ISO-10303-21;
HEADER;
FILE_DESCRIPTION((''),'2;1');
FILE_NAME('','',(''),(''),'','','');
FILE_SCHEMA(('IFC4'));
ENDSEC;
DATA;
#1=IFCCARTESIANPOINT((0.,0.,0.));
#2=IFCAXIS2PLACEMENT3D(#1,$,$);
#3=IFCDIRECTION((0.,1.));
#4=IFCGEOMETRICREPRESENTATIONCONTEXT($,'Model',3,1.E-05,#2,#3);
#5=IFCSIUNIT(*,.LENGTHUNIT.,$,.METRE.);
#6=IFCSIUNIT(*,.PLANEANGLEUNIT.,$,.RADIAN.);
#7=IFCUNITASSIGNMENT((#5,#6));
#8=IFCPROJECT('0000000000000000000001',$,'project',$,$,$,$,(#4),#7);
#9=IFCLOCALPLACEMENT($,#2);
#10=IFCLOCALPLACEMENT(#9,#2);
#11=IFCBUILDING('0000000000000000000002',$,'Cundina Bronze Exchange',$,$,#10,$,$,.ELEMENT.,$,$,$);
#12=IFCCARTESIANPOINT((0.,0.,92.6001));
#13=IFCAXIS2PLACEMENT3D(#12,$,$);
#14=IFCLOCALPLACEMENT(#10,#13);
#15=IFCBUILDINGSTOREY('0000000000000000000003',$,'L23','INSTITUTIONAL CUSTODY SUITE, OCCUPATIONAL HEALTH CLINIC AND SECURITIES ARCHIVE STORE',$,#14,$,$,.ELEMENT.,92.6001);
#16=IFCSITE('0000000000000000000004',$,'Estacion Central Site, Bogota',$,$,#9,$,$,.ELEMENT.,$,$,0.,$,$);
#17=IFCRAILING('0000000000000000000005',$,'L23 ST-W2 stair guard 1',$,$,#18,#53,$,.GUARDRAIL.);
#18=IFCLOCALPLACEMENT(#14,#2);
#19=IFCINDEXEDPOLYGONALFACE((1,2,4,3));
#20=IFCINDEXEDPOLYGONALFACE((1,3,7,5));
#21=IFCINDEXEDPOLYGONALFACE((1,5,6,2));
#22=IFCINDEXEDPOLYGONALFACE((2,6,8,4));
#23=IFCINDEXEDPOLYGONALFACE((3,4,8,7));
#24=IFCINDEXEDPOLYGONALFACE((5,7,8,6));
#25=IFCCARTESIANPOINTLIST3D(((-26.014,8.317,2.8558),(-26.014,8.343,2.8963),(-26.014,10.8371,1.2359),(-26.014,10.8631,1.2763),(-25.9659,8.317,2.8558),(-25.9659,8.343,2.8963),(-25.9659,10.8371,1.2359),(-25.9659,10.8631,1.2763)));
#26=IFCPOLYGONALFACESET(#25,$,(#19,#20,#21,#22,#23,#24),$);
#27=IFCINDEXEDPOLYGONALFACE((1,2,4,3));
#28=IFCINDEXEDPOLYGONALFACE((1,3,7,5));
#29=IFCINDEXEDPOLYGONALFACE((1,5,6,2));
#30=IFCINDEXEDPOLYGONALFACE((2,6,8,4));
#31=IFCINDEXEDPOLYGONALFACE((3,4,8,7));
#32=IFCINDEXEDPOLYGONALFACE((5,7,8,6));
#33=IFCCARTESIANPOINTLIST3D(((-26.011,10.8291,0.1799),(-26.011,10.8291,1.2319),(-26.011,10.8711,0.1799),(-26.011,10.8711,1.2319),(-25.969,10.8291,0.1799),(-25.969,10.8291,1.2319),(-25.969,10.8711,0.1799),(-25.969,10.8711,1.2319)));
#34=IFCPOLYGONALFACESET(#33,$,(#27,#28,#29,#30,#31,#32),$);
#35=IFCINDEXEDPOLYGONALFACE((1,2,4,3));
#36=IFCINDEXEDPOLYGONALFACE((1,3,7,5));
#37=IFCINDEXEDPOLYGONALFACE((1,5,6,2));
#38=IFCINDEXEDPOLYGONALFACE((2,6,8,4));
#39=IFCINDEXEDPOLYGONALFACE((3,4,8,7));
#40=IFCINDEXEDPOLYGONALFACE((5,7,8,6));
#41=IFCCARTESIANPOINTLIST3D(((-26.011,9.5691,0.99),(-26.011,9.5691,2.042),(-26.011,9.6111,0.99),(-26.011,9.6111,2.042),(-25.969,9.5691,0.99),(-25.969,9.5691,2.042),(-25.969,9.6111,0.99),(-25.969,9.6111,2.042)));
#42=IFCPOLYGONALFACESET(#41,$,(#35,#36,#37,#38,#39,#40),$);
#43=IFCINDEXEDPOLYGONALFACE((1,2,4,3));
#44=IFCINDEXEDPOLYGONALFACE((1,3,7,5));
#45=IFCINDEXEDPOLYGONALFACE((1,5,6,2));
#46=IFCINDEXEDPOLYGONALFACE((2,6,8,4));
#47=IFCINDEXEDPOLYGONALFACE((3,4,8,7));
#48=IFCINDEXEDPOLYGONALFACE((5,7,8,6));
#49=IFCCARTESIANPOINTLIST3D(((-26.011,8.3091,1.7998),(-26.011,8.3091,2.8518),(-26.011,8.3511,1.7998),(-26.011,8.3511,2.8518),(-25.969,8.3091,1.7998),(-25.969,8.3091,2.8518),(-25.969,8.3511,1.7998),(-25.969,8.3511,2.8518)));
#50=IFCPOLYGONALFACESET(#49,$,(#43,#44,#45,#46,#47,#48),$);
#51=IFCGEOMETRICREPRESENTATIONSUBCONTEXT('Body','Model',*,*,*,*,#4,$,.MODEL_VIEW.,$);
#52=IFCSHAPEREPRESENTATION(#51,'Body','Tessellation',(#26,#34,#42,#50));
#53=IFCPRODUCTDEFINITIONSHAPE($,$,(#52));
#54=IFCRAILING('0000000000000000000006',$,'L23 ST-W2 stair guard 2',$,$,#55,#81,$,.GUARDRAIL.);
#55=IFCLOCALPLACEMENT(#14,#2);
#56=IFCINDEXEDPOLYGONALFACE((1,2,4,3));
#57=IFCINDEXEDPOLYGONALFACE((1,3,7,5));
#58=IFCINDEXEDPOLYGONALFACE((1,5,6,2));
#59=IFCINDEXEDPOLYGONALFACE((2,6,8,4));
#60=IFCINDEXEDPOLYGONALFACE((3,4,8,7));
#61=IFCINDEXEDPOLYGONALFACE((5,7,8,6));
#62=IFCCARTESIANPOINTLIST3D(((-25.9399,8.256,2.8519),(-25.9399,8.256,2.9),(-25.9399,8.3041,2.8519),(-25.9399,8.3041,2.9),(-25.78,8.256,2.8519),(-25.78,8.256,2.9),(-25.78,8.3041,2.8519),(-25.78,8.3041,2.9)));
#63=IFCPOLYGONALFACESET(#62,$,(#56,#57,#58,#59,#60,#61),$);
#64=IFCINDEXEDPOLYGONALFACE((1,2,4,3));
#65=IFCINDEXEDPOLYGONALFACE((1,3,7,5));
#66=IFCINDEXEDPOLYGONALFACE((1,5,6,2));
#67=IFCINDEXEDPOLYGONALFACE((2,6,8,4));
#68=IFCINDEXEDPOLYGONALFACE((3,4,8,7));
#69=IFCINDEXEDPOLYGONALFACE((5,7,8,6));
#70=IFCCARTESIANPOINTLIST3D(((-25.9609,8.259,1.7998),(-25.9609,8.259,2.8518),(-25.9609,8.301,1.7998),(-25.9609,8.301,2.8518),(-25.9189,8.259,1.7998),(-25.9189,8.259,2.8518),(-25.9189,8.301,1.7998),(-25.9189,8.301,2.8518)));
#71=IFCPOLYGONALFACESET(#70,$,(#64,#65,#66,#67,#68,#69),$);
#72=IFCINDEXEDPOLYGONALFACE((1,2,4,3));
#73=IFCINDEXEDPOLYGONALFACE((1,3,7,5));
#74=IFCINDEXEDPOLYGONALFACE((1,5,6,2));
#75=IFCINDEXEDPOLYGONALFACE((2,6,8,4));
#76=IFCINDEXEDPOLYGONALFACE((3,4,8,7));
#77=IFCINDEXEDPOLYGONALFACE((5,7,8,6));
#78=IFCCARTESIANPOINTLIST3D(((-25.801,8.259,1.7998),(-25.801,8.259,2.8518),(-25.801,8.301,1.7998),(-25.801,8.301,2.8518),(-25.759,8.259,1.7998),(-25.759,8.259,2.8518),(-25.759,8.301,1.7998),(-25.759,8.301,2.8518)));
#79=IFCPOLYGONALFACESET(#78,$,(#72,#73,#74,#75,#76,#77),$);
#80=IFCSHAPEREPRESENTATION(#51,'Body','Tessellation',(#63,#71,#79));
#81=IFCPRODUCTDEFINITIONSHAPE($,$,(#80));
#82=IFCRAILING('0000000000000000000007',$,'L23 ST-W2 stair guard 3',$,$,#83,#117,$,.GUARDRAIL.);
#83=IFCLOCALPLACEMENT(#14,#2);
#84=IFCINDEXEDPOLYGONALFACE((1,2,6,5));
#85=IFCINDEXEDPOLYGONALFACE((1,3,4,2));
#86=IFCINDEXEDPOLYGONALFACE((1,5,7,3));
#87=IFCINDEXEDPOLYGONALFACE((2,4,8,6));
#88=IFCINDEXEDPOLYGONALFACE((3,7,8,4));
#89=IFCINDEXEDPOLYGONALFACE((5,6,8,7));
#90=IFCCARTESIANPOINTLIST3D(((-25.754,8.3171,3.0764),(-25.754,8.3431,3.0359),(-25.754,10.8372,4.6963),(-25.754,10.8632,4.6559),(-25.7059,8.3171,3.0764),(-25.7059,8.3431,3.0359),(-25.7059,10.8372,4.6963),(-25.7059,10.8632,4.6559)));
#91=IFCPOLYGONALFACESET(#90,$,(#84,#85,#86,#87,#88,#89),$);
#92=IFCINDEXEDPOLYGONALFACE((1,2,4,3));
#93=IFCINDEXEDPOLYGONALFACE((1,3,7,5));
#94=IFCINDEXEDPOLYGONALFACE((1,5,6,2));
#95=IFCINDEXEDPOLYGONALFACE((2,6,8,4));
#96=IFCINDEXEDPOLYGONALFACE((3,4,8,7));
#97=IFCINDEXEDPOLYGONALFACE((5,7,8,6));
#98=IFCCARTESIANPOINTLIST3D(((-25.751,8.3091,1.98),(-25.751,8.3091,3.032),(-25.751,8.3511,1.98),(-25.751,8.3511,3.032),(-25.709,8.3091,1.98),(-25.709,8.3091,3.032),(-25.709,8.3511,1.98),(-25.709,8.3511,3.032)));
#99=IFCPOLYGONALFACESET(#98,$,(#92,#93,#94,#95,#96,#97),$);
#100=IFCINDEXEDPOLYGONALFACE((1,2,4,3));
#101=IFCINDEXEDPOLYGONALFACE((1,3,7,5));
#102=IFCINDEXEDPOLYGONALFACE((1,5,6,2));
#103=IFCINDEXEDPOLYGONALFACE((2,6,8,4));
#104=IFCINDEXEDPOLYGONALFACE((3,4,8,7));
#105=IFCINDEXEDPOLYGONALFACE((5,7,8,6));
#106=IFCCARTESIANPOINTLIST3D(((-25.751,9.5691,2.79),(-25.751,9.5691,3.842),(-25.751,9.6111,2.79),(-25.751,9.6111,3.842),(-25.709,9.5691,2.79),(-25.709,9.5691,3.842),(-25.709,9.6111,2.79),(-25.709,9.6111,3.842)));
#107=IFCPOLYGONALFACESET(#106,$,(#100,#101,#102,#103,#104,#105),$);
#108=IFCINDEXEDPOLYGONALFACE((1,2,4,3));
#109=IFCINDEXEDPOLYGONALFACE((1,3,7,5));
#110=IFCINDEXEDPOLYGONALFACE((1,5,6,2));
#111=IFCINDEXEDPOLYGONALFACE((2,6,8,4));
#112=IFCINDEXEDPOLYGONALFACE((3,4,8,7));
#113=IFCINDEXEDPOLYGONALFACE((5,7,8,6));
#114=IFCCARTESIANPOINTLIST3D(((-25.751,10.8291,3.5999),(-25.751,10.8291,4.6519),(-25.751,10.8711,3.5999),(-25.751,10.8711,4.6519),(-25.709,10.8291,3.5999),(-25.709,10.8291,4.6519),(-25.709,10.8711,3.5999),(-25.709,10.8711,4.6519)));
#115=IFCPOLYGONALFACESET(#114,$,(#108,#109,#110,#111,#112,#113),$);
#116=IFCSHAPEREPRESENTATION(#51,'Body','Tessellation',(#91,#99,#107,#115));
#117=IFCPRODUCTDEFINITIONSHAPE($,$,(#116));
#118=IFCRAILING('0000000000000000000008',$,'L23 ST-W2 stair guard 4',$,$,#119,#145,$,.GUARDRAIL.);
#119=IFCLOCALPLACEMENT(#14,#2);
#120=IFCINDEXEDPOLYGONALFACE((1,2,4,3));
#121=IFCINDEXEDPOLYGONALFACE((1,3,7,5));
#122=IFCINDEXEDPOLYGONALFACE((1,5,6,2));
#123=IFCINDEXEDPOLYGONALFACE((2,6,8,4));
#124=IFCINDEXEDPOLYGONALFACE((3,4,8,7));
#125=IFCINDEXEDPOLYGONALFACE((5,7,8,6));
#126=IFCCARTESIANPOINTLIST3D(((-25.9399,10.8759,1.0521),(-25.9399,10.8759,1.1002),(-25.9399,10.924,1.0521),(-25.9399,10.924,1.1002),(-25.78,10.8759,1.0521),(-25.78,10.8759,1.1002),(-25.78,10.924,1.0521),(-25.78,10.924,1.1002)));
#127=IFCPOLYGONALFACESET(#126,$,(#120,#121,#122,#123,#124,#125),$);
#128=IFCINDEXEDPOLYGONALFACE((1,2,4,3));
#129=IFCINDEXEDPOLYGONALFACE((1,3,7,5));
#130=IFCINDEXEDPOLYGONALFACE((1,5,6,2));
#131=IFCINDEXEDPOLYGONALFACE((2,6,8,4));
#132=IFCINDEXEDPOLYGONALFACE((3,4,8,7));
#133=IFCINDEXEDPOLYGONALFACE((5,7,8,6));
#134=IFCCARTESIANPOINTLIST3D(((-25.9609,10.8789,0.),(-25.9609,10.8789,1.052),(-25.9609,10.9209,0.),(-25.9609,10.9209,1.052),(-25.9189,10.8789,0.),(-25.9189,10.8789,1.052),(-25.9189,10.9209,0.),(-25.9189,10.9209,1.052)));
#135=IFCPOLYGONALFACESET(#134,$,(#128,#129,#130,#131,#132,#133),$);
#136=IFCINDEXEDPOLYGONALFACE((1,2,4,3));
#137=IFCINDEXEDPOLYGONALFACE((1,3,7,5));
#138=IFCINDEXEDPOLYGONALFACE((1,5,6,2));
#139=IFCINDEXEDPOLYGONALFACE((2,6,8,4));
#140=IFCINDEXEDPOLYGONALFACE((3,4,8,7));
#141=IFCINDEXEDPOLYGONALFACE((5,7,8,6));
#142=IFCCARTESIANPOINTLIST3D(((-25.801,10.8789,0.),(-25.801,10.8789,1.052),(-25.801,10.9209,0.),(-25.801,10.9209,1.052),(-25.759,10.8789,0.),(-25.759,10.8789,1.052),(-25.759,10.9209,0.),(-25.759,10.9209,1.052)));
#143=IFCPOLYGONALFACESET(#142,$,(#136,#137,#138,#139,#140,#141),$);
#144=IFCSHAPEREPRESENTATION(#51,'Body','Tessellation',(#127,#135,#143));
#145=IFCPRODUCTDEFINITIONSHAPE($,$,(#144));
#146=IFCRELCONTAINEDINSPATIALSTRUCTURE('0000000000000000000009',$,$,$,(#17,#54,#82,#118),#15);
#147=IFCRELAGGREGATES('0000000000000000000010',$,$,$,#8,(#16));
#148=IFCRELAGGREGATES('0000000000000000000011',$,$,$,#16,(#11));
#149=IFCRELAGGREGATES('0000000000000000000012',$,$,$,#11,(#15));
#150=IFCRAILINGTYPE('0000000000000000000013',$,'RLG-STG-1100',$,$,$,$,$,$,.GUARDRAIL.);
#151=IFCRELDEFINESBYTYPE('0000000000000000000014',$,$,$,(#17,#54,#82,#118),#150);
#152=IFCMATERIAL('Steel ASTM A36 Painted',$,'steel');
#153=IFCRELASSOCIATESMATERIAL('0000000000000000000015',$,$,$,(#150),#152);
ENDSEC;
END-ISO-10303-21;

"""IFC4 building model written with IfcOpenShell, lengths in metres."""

from ifc_helpers import new_model, si_unit, direction, frame, origin, origin_2d, place, context, subcontext, project, spatial, rectangle, extrude, material, type_object, element, save


model = new_model("IFC4")

# Units and contexts
model_context = context("Model", 3, precision=1e-05, world=origin(), true_north=direction((0.0, 1.0)))
body_context = subcontext(model_context, "Body", "Model", "MODEL_VIEW")
ifc_project = project(units=[si_unit("LENGTHUNIT", "METRE"), si_unit("PLANEANGLEUNIT", "RADIAN")], contexts=[model_context])

# Site, building, storey
site_placement = place(None, origin())
site = spatial("IfcSite", under=ifc_project, at=site_placement, Name="Estacion Central Site, Bogota", CompositionType="ELEMENT", RefElevation=0.0)
building_placement = place(site_placement, origin())
building = spatial("IfcBuilding", under=site, at=building_placement, Name="Cundina Bronze Exchange", CompositionType="ELEMENT")
storey_placement = place(building_placement, frame((0.0, 0.0, 92.6001)))
storey = spatial("IfcBuildingStorey", under=building, at=storey_placement, Name="L23", Description="INSTITUTIONAL CUSTODY SUITE, OCCUPATIONAL HEALTH CLINIC AND SECURITIES ARCHIVE STORE", CompositionType="ELEMENT", Elevation=92.6001)

# Shared definitions
ifc_material_1 = material(Name="Steel ASTM A36 Painted", Category="steel")

# Railings
railing_type_1 = type_object("IfcRailingType", Name="RLG-STG-1100", PredefinedType="GUARDRAIL", material=ifc_material_1)
railing_1_placement = place(storey_placement, frame((-25.99, 10.8501, 0.1799)))
element("IfcRailing", 1, at=railing_1_placement, inside=storey, type_object=railing_type_1, Name="L23 ST-W2 stair guard 1", PredefinedType="GUARDRAIL", context=body_context, shape_type="SweptSolid", body=[
    extrude(rectangle(XDim=0.0481, YDim=0.0481, at=origin_2d()), frame((0.0, 0.0, 1.0762), z_axis=(0.0, -0.8412, 0.540725), x_axis=(1.0, 0.0, 0.0)), (0.0, 0.0, 1.0), 2.9958),
    extrude(rectangle(XDim=0.042, YDim=0.042, at=origin_2d()), origin(), (0.0, 0.0, 1.0), 1.052),
    extrude(rectangle(XDim=0.042, YDim=0.042, at=origin_2d()), frame((0.0, -1.26, 0.8101)), (0.0, 0.0, 1.0), 1.052),
    extrude(rectangle(XDim=0.042, YDim=0.042, at=origin_2d()), frame((0.0, -2.52, 1.6199)), (0.0, 0.0, 1.0), 1.052),
])
railing_2_placement = place(storey_placement, frame((-25.9399, 8.28, 1.7998)))
element("IfcRailing", 2, at=railing_2_placement, inside=storey, type_object=railing_type_1, Name="L23 ST-W2 stair guard 2", PredefinedType="GUARDRAIL", context=body_context, shape_type="SweptSolid", body=[
    extrude(rectangle(XDim=0.0481, YDim=0.0481, at=origin_2d()), frame((0.0, 0.0, 1.0762), z_axis=(1.0, 0.0, 0.0), x_axis=(0.0, 1.0, 0.0)), (0.0, 0.0, 1.0), 0.1599),
    extrude(rectangle(XDim=0.042, YDim=0.042, at=origin_2d()), origin(), (0.0, 0.0, 1.0), 1.052),
    extrude(rectangle(XDim=0.042, YDim=0.042, at=origin_2d()), frame((0.1599, 0.0, 0.0)), (0.0, 0.0, 1.0), 1.052),
])
railing_3_placement = place(storey_placement, frame((-25.73, 8.3301, 1.98)))
element("IfcRailing", 3, at=railing_3_placement, inside=storey, type_object=railing_type_1, Name="L23 ST-W2 stair guard 3", PredefinedType="GUARDRAIL", context=body_context, shape_type="SweptSolid", body=[
    extrude(rectangle(XDim=0.0481, YDim=0.0481, at=origin_2d()), frame((0.0, 0.0, 1.0762), z_axis=(0.0, 0.8412, 0.540725), x_axis=(-1.0, 0.0, 0.0)), (0.0, 0.0, 1.0), 2.9958),
    extrude(rectangle(XDim=0.042, YDim=0.042, at=origin_2d()), origin(), (0.0, 0.0, 1.0), 1.052),
    extrude(rectangle(XDim=0.042, YDim=0.042, at=origin_2d()), frame((0.0, 1.26, 0.8101)), (0.0, 0.0, 1.0), 1.052),
    extrude(rectangle(XDim=0.042, YDim=0.042, at=origin_2d()), frame((0.0, 2.52, 1.6199)), (0.0, 0.0, 1.0), 1.052),
])
railing_4_placement = place(storey_placement, frame((-25.9399, 10.8999, 0.0)))
element("IfcRailing", 4, at=railing_4_placement, inside=storey, type_object=railing_type_1, Name="L23 ST-W2 stair guard 4", PredefinedType="GUARDRAIL", context=body_context, shape_type="SweptSolid", body=[
    extrude(rectangle(XDim=0.0481, YDim=0.0481, at=origin_2d()), frame((0.0, 0.0, 1.0762), z_axis=(1.0, 0.0, 0.0), x_axis=(0.0, 1.0, 0.0)), (0.0, 0.0, 1.0), 0.1599),
    extrude(rectangle(XDim=0.042, YDim=0.042, at=origin_2d()), origin(), (0.0, 0.0, 1.0), 1.052),
    extrude(rectangle(XDim=0.042, YDim=0.042, at=origin_2d()), frame((0.1599, 0.0, 0.0)), (0.0, 0.0, 1.0), 1.052),
])

save(model, "model.ifc")
